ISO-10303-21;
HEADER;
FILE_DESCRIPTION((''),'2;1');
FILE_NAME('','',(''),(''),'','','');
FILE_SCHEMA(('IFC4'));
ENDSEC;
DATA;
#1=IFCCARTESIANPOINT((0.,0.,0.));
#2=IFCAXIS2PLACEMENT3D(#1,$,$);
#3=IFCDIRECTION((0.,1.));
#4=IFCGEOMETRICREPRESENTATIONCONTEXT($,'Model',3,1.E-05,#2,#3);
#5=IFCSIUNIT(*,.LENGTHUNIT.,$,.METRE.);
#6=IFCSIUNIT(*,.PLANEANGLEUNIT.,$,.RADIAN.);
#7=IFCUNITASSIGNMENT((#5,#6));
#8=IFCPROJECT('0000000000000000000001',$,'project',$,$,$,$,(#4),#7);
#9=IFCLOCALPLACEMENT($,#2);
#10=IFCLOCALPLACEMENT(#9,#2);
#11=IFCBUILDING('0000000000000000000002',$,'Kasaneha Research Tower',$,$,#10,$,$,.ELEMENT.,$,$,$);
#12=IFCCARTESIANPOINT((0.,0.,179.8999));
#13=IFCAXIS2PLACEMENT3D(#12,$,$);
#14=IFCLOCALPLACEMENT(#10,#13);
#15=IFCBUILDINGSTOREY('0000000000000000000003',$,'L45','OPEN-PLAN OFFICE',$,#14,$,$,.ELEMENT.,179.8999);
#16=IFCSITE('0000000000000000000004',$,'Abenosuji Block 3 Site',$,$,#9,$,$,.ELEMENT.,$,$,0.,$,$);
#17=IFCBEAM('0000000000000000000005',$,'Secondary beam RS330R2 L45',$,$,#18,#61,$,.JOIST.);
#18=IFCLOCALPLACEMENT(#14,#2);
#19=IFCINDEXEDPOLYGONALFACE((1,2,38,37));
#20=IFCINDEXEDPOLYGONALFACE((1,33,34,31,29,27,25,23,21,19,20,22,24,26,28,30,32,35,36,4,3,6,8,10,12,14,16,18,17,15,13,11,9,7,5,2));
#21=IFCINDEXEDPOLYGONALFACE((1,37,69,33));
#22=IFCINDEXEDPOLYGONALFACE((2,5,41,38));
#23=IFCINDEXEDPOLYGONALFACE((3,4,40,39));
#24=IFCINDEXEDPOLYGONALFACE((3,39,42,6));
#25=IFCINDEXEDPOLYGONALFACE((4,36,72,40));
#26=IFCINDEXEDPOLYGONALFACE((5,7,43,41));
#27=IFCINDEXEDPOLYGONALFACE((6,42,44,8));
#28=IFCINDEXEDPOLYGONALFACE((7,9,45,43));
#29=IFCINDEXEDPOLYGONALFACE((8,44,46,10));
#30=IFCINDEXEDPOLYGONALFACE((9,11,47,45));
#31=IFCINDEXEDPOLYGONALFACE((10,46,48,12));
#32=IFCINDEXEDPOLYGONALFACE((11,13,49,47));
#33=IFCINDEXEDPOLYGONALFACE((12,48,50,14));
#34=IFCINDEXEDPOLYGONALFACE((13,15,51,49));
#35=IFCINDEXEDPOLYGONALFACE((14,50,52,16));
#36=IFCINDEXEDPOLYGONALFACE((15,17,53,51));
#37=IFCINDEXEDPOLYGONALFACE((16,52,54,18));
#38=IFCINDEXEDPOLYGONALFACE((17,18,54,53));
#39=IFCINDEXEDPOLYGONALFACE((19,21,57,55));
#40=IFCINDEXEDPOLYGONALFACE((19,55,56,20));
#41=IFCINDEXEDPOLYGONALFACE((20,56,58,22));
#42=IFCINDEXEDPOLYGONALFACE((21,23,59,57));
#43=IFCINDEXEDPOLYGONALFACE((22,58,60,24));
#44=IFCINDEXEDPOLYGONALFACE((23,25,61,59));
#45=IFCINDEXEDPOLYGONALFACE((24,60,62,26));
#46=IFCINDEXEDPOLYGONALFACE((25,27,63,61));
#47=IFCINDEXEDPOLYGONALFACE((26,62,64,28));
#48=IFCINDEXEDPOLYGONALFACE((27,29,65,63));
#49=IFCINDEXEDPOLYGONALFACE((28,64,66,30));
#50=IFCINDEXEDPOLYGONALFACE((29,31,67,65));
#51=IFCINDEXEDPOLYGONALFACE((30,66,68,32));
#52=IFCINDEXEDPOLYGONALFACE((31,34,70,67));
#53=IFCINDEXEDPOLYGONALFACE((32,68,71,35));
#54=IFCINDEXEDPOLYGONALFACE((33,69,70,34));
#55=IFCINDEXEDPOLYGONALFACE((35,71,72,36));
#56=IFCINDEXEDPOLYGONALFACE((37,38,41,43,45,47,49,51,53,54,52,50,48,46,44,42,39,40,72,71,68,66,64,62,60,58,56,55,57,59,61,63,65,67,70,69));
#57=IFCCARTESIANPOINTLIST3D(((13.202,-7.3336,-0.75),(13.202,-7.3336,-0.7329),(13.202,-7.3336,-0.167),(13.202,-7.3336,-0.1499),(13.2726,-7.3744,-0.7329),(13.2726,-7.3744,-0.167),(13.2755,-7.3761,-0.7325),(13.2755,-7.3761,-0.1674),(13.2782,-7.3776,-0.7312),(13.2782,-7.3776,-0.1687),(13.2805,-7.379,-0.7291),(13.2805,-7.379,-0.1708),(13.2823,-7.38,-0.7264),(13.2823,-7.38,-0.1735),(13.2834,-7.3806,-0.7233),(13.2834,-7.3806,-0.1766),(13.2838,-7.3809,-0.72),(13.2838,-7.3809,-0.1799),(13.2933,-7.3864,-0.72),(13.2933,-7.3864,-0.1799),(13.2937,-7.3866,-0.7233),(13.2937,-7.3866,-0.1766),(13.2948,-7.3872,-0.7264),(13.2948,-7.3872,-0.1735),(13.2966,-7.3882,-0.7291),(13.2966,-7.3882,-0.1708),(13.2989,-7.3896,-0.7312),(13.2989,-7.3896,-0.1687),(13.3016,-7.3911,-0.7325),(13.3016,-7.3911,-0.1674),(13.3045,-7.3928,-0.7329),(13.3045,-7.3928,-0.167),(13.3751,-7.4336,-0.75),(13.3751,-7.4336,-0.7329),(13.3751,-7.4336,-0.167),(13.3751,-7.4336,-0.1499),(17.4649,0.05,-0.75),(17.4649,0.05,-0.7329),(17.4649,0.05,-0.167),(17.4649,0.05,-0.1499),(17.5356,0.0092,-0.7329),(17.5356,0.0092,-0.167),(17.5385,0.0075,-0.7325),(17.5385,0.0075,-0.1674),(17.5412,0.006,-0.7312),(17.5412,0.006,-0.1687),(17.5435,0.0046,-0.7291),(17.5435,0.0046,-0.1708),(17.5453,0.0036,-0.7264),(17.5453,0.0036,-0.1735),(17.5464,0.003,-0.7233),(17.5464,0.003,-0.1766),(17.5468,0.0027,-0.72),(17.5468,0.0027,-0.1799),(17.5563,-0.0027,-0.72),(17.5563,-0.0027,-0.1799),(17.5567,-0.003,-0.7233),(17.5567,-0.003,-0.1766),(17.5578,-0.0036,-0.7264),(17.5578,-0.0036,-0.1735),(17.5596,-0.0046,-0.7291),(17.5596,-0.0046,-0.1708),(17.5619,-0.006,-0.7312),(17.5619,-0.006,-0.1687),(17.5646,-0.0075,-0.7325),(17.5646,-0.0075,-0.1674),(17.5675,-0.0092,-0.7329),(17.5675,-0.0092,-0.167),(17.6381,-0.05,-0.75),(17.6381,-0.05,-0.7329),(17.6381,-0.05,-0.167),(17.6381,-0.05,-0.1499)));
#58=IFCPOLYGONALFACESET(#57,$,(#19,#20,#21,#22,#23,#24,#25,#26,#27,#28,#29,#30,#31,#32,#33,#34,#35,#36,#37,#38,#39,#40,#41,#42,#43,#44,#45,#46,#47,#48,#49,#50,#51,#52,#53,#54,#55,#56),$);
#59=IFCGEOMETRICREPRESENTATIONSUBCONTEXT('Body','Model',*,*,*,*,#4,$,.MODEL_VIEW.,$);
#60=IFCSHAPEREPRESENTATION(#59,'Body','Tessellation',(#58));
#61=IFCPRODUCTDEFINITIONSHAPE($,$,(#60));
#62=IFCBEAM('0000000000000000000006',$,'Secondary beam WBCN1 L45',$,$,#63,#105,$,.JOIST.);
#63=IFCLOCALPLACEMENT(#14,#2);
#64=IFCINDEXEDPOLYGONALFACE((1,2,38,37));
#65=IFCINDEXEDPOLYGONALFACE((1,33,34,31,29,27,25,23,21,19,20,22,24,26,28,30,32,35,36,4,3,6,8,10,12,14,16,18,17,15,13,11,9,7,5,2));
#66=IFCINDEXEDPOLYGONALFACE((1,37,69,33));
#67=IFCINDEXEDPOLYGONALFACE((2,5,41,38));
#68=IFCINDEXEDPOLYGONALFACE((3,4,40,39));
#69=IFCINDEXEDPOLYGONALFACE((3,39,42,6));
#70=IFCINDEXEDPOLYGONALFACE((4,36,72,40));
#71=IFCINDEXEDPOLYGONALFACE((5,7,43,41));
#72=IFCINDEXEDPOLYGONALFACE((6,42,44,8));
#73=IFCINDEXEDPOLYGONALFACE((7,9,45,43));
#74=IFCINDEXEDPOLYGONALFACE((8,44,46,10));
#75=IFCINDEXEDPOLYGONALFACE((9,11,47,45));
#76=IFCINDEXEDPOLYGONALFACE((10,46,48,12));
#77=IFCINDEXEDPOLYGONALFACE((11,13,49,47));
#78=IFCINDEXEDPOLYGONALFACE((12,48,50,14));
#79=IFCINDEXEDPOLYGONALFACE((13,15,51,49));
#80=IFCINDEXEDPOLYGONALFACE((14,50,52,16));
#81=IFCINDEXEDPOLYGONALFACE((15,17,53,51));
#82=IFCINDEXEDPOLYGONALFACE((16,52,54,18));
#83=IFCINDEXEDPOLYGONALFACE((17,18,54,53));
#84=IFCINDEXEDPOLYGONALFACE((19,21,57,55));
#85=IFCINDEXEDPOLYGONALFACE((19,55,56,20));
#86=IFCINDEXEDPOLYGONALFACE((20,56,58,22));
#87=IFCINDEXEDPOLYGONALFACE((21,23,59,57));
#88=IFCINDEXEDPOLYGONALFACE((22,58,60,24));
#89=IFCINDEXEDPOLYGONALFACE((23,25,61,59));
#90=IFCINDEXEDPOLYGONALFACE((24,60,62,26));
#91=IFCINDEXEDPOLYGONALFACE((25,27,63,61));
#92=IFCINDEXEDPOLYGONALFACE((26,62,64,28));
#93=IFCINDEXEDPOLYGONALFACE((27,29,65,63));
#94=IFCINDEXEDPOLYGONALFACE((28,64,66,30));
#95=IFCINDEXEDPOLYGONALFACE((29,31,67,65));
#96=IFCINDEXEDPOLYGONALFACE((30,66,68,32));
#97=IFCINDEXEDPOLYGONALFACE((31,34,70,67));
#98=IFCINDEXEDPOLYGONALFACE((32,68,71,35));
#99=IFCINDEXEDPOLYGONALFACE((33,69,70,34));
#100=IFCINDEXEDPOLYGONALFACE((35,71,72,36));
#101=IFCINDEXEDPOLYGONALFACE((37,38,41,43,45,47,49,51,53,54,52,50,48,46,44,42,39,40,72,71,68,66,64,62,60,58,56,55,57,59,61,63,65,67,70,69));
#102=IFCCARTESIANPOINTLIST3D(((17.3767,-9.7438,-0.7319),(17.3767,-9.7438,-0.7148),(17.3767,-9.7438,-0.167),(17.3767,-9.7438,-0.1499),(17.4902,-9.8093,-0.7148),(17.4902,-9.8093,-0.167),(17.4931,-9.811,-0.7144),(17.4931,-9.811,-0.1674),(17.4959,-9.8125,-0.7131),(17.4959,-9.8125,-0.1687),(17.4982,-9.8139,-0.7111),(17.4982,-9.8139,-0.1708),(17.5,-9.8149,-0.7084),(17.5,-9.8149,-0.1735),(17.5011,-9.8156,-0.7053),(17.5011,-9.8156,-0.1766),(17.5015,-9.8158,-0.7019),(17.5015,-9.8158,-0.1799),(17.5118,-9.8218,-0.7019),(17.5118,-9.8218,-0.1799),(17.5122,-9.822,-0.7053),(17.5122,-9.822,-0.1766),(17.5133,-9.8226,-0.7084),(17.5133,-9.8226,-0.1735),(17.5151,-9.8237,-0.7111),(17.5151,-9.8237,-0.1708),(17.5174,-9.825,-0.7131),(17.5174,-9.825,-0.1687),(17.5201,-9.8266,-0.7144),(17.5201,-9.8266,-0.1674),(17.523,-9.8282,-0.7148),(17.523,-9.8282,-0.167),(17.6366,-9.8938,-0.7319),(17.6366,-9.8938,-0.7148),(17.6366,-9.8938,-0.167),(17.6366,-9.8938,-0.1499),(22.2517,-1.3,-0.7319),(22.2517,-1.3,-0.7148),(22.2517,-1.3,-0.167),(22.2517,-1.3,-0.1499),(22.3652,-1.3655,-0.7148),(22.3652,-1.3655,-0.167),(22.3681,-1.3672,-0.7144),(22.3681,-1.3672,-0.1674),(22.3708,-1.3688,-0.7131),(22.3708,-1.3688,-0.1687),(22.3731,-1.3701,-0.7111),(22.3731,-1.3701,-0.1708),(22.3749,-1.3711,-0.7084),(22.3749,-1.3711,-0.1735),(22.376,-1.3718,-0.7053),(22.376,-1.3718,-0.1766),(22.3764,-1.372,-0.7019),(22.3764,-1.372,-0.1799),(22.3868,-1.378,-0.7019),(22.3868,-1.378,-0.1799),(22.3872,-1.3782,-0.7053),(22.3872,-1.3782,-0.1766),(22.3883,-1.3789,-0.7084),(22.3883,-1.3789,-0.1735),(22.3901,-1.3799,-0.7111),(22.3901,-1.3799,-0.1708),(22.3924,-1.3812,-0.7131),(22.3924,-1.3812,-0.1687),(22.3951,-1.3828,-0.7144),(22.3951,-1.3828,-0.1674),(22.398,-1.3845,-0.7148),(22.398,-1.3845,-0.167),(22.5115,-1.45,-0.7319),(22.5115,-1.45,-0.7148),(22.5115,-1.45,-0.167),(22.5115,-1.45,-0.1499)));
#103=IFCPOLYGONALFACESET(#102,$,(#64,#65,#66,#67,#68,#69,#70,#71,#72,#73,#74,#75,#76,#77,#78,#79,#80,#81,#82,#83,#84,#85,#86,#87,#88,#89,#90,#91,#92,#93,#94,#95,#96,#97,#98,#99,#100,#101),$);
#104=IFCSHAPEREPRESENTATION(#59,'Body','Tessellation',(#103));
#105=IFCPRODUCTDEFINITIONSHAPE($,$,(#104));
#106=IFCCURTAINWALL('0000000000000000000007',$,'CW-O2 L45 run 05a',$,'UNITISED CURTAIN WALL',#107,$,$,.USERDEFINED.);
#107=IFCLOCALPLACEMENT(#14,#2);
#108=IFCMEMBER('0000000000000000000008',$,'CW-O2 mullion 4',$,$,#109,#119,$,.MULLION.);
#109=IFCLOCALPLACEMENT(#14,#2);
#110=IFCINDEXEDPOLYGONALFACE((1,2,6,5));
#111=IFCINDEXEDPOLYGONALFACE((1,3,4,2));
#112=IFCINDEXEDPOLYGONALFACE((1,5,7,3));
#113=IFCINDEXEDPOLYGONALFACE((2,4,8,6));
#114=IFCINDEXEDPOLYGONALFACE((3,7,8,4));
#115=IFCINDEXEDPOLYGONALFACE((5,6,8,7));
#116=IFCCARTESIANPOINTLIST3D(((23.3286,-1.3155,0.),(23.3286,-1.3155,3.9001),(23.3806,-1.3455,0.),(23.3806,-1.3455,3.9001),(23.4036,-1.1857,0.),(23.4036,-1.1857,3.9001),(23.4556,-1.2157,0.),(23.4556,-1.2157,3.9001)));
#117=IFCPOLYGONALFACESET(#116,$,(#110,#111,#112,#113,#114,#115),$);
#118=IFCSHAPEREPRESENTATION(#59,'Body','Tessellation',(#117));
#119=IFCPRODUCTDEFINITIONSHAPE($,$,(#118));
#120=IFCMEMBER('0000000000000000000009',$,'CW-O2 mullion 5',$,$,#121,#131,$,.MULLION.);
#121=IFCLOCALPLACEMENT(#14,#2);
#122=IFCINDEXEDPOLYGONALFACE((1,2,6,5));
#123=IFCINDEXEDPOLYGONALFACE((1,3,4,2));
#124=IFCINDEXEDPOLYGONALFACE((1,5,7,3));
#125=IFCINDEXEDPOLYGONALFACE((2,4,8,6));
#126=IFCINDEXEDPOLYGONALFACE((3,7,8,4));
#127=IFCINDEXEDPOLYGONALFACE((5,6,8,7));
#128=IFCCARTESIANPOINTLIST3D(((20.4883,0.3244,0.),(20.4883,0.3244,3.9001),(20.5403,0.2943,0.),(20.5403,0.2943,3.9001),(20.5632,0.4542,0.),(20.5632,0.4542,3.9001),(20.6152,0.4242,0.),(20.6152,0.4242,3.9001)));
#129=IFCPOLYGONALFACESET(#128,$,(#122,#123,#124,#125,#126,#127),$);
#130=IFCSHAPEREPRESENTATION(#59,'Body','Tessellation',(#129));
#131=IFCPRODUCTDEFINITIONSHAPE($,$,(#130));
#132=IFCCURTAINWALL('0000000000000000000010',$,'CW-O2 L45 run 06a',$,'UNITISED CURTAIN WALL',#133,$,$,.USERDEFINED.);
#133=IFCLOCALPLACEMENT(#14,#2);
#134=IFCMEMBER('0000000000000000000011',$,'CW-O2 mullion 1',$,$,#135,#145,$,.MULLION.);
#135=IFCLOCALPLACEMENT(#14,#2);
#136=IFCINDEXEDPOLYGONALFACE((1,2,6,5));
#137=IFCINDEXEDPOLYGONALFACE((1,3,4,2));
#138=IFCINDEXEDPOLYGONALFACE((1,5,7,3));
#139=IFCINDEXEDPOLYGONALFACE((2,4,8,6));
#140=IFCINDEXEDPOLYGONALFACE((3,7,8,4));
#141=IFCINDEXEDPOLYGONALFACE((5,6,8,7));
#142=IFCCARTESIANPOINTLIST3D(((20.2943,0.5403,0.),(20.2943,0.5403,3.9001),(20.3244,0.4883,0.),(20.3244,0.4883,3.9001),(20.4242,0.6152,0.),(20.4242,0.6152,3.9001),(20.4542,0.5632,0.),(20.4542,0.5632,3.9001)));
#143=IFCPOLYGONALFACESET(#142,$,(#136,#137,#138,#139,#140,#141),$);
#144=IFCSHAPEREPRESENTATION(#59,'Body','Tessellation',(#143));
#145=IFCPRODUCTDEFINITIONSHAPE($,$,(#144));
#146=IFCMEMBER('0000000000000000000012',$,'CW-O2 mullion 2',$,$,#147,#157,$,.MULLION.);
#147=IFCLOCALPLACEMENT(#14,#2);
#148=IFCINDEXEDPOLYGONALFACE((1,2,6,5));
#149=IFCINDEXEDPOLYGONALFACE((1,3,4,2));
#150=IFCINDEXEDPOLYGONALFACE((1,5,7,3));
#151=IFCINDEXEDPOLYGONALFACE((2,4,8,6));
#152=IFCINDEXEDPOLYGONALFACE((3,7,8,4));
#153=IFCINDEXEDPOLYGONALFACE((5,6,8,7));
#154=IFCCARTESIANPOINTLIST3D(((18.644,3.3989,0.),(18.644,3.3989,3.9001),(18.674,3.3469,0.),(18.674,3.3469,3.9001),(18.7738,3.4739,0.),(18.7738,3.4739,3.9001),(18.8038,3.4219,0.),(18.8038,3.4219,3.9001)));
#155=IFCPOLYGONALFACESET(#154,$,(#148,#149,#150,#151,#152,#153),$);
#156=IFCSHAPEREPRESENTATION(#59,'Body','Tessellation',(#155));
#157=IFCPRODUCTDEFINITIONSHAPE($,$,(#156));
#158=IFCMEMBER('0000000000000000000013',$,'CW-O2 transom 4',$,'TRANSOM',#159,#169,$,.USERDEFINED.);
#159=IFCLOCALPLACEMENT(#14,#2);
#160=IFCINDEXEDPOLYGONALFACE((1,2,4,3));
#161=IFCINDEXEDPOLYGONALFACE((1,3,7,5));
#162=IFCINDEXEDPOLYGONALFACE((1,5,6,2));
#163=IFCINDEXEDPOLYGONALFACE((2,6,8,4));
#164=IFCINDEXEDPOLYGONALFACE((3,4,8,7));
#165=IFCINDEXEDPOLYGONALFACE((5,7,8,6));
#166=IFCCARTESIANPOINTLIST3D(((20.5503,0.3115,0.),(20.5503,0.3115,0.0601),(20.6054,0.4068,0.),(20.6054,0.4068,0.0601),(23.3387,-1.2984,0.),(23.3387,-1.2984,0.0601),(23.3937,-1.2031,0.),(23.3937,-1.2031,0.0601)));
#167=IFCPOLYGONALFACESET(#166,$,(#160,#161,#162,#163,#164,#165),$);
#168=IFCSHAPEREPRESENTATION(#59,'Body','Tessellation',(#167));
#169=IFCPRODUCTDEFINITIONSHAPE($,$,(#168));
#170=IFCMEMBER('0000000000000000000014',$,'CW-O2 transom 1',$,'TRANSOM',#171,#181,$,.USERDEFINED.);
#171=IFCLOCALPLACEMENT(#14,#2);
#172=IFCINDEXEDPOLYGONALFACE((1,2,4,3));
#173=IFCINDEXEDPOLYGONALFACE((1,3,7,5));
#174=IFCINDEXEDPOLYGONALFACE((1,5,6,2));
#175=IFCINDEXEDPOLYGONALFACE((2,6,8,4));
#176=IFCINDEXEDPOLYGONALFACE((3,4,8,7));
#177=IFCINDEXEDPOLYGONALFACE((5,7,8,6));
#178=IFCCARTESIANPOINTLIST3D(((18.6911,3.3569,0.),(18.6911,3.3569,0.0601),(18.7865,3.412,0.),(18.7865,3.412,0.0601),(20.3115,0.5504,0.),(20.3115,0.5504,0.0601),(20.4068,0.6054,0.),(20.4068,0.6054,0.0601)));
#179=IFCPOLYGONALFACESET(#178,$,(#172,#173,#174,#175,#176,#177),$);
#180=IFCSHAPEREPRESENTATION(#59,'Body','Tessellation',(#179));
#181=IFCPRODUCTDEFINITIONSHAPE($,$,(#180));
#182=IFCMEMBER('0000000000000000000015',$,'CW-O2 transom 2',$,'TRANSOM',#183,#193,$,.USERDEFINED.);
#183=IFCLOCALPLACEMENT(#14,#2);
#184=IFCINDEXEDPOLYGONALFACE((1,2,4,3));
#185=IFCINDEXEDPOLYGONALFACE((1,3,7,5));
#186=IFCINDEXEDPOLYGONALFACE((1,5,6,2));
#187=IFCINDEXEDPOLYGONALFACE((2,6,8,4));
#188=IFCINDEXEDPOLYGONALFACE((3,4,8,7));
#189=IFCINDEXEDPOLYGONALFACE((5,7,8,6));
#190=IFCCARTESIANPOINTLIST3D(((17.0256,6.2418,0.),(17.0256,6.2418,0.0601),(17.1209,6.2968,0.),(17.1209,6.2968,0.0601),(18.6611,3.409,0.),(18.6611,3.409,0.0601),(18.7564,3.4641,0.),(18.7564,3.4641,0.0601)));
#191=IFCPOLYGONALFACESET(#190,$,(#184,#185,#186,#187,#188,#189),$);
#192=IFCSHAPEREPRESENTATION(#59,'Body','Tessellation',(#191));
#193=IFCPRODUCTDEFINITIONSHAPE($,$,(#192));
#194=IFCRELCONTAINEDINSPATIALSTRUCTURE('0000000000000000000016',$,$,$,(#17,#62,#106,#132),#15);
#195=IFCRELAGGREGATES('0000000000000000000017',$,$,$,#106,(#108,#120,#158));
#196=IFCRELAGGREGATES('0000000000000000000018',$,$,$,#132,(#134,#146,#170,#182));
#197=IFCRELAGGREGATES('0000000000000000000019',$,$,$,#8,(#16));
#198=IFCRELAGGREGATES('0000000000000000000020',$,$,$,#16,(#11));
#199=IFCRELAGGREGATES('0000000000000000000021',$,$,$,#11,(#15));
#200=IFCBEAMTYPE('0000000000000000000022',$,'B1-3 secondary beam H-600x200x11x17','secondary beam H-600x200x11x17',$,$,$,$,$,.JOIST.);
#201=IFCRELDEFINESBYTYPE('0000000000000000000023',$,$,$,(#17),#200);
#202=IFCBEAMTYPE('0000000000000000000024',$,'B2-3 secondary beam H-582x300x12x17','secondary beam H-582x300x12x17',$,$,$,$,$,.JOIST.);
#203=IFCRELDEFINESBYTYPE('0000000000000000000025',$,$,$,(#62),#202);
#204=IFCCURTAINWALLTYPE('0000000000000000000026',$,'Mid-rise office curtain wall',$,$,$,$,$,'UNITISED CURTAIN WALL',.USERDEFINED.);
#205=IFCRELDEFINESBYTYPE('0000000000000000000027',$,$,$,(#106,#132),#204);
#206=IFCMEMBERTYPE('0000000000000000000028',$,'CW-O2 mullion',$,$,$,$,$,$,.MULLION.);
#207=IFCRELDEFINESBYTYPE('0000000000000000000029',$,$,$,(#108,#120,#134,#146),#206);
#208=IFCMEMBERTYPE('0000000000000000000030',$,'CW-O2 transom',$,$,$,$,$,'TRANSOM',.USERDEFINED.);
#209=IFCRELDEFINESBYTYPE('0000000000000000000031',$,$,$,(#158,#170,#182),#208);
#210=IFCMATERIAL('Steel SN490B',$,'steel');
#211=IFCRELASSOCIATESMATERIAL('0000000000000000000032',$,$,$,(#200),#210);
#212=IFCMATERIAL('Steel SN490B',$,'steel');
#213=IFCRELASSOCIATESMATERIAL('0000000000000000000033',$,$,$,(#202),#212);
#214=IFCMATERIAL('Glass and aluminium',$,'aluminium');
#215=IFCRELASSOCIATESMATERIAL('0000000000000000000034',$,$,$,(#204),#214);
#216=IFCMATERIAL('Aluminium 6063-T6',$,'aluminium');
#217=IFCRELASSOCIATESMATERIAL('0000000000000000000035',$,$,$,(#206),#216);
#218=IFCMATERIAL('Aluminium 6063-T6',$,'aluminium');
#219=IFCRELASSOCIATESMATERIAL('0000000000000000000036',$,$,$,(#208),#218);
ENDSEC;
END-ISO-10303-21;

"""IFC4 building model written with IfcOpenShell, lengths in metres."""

from ifc_helpers import new_model, si_unit, direction, frame, origin, origin_2d, place, context, subcontext, project, spatial, rectangle, i_section, extrude, material, material_profile, profile_set, type_object, element, aggregate, save


model = new_model("IFC4")

# Units and contexts
model_context = context("Model", 3, precision=1e-05, world=origin(), true_north=direction((0.0, 1.0)))
body_context = subcontext(model_context, "Body", "Model", "MODEL_VIEW")
ifc_project = project(units=[si_unit("LENGTHUNIT", "METRE"), si_unit("PLANEANGLEUNIT", "RADIAN")], contexts=[model_context])

# Site, building, storey
site_placement = place(None, origin())
site = spatial("IfcSite", under=ifc_project, at=site_placement, Name="Abenosuji Block 3 Site", CompositionType="ELEMENT", RefElevation=0.0)
building_placement = place(site_placement, origin())
building = spatial("IfcBuilding", under=site, at=building_placement, Name="Kasaneha Research Tower", CompositionType="ELEMENT")
storey_placement = place(building_placement, frame((0.0, 0.0, 179.8999)))
storey = spatial("IfcBuildingStorey", under=building, at=storey_placement, Name="L45", Description="OPEN-PLAN OFFICE", CompositionType="ELEMENT", Elevation=179.8999)

# Beams
ifc_material_1 = material(Name="Steel SN490B", Category="steel")
ifc_material_profile_1 = material_profile(ifc_material_1, i_section(OverallWidth=0.2, OverallDepth=0.6001, WebThickness=0.011, FlangeThickness=0.0171, FilletRadius=0.0129, at=origin_2d()), Name="H-600x200x11x17")
ifc_profile_set_1 = profile_set([ifc_material_profile_1], Name="Steel SN490B")
beam_type_1 = type_object("IfcBeamType", Name="B1-3 secondary beam H-600x200x11x17", Description="secondary beam H-600x200x11x17", PredefinedType="JOIST", material=ifc_profile_set_1)
beam_1_placement = place(storey_placement, frame((17.5515, 0.0, -0.45), z_axis=(-0.500004, -0.866023, 0.0), x_axis=(0.866023, -0.500004, 0.0)))
element("IfcBeam", 1, at=beam_1_placement, inside=storey, type_object=beam_type_1, Name="Secondary beam RS330R2 L45", PredefinedType="JOIST", context=body_context, shape_type="SweptSolid", body=[
    extrude(i_section(OverallWidth=0.2, OverallDepth=0.6001, WebThickness=0.011, FlangeThickness=0.0171, FilletRadius=0.0129, at=origin_2d()), origin(), (0.0, 0.0, 1.0), 8.5259),
])
ifc_material_2 = material(Name="Steel SN490B", Category="steel")
ifc_material_profile_2 = material_profile(ifc_material_2, i_section(OverallWidth=0.3, OverallDepth=0.582, WebThickness=0.012, FlangeThickness=0.0171, FilletRadius=0.0129, at=origin_2d()), Name="H-582x300x12x17")
ifc_profile_set_2 = profile_set([ifc_material_profile_2], Name="Steel SN490B")
beam_type_2 = type_object("IfcBeamType", Name="B2-3 secondary beam H-582x300x12x17", Description="secondary beam H-582x300x12x17", PredefinedType="JOIST", material=ifc_profile_set_2)
beam_2_placement = place(storey_placement, frame((22.3816, -1.375, -0.4409), z_axis=(-0.499996, -0.866028, 0.0), x_axis=(0.866028, -0.499996, 0.0)))
element("IfcBeam", 2, at=beam_2_placement, inside=storey, type_object=beam_type_2, Name="Secondary beam WBCN1 L45", PredefinedType="JOIST", context=body_context, shape_type="SweptSolid", body=[
    extrude(i_section(OverallWidth=0.3, OverallDepth=0.582, WebThickness=0.012, FlangeThickness=0.0171, FilletRadius=0.0129, at=origin_2d()), origin(), (0.0, 0.0, 1.0), 9.75),
])

# Curtain walls, members
ifc_material_3 = material(Name="Glass and aluminium", Category="aluminium")
curtain_wall_type = type_object("IfcCurtainWallType", Name="Mid-rise office curtain wall", ElementType="UNITISED CURTAIN WALL", PredefinedType="USERDEFINED", material=ifc_material_3)
curtain_wall_1_placement = place(storey_placement, origin())
curtain_wall_1 = element("IfcCurtainWall", 3, at=curtain_wall_1_placement, inside=storey, type_object=curtain_wall_type, Name="CW-O2 L45 run 05a", ObjectType="UNITISED CURTAIN WALL", PredefinedType="USERDEFINED")
ifc_material_4 = material(Name="Aluminium 6063-T6", Category="aluminium")
ifc_material_profile_3 = material_profile(ifc_material_4, rectangle(XDim=0.0601, YDim=0.1499, at=origin_2d()), Name="CW-O2 mullion 60x150")
ifc_profile_set_3 = profile_set([ifc_material_profile_3], Name="Aluminium 6063-T6")
member_type_1 = type_object("IfcMemberType", Name="CW-O2 mullion", PredefinedType="MULLION", material=ifc_profile_set_3)
member_1_placement = place(storey_placement, frame((23.3921, -1.2656, 0.0), z_axis=(0.0, 0.0, 1.0), x_axis=(-0.866025, 0.5, 0.0)))
member_1 = element("IfcMember", 4, at=member_1_placement, type_object=member_type_1, Name="CW-O2 mullion 4", PredefinedType="MULLION", context=body_context, shape_type="SweptSolid", body=[
    extrude(rectangle(XDim=0.0601, YDim=0.1499, at=origin_2d()), origin(), (0.0, 0.0, 1.0), 3.9001),
])
member_2_placement = place(storey_placement, frame((20.5518, 0.3743, 0.0), z_axis=(0.0, 0.0, 1.0), x_axis=(-0.866025, 0.5, 0.0)))
member_2 = element("IfcMember", 5, at=member_2_placement, type_object=member_type_1, Name="CW-O2 mullion 5", PredefinedType="MULLION", context=body_context, shape_type="SweptSolid", body=[
    extrude(rectangle(XDim=0.0601, YDim=0.1499, at=origin_2d()), origin(), (0.0, 0.0, 1.0), 3.9001),
])
curtain_wall_2_placement = place(storey_placement, origin())
curtain_wall_2 = element("IfcCurtainWall", 6, at=curtain_wall_2_placement, inside=storey, type_object=curtain_wall_type, Name="CW-O2 L45 run 06a", ObjectType="UNITISED CURTAIN WALL", PredefinedType="USERDEFINED")
member_3_placement = place(storey_placement, frame((20.3743, 0.5518, 0.0), z_axis=(0.0, 0.0, 1.0), x_axis=(-0.5, 0.866025, 0.0)))
member_3 = element("IfcMember", 7, at=member_3_placement, type_object=member_type_1, Name="CW-O2 mullion 1", PredefinedType="MULLION", context=body_context, shape_type="SweptSolid", body=[
    extrude(rectangle(XDim=0.0601, YDim=0.1499, at=origin_2d()), origin(), (0.0, 0.0, 1.0), 3.9001),
])
member_4_placement = place(storey_placement, frame((18.7239, 3.4104, 0.0), z_axis=(0.0, 0.0, 1.0), x_axis=(-0.5, 0.866025, 0.0)))
member_4 = element("IfcMember", 8, at=member_4_placement, type_object=member_type_1, Name="CW-O2 mullion 2", PredefinedType="MULLION", context=body_context, shape_type="SweptSolid", body=[
    extrude(rectangle(XDim=0.0601, YDim=0.1499, at=origin_2d()), origin(), (0.0, 0.0, 1.0), 3.9001),
])

# Members
ifc_material_5 = material(Name="Aluminium 6063-T6", Category="aluminium")
ifc_material_profile_4 = material_profile(ifc_material_5, rectangle(XDim=0.1101, YDim=0.0601, at=origin_2d()), Name="CW-O2 transom 110x60")
ifc_profile_set_4 = profile_set([ifc_material_profile_4], Name="Aluminium 6063-T6")
member_type_2 = type_object("IfcMemberType", Name="CW-O2 transom", ElementType="TRANSOM", PredefinedType="USERDEFINED", material=ifc_profile_set_4)
member_5_placement = place(storey_placement, frame((23.3662, -1.2507, 0.03), z_axis=(-0.866023, 0.500005, 0.0), x_axis=(-0.500005, -0.866023, 0.0)))
member_5 = element("IfcMember", 9, at=member_5_placement, type_object=member_type_2, Name="CW-O2 transom 4", ObjectType="TRANSOM", PredefinedType="USERDEFINED", context=body_context, shape_type="SweptSolid", body=[
    extrude(rectangle(XDim=0.1101, YDim=0.0601, at=origin_2d()), origin(), (0.0, 0.0, 1.0), 3.2197),
])
member_6_placement = place(storey_placement, frame((20.3591, 0.5779, 0.03), z_axis=(-0.499988, 0.866033, 0.0), x_axis=(-0.866033, -0.499988, 0.0)))
member_6 = element("IfcMember", 10, at=member_6_placement, type_object=member_type_2, Name="CW-O2 transom 1", ObjectType="TRANSOM", PredefinedType="USERDEFINED", context=body_context, shape_type="SweptSolid", body=[
    extrude(rectangle(XDim=0.1101, YDim=0.0601, at=origin_2d()), origin(), (0.0, 0.0, 1.0), 3.2407),
])
member_7_placement = place(storey_placement, frame((18.7087, 3.4365, 0.03), z_axis=(-0.5, 0.866025, 0.0), x_axis=(-0.866025, -0.5, 0.0)))
member_7 = element("IfcMember", 11, at=member_7_placement, type_object=member_type_2, Name="CW-O2 transom 2", ObjectType="TRANSOM", PredefinedType="USERDEFINED", context=body_context, shape_type="SweptSolid", body=[
    extrude(rectangle(XDim=0.1101, YDim=0.0601, at=origin_2d()), origin(), (0.0, 0.0, 1.0), 3.271),
])

aggregate(curtain_wall_1, [member_1, member_2, member_5])
aggregate(curtain_wall_2, [member_3, member_4, member_6, member_7])

save(model, "model.ifc")
